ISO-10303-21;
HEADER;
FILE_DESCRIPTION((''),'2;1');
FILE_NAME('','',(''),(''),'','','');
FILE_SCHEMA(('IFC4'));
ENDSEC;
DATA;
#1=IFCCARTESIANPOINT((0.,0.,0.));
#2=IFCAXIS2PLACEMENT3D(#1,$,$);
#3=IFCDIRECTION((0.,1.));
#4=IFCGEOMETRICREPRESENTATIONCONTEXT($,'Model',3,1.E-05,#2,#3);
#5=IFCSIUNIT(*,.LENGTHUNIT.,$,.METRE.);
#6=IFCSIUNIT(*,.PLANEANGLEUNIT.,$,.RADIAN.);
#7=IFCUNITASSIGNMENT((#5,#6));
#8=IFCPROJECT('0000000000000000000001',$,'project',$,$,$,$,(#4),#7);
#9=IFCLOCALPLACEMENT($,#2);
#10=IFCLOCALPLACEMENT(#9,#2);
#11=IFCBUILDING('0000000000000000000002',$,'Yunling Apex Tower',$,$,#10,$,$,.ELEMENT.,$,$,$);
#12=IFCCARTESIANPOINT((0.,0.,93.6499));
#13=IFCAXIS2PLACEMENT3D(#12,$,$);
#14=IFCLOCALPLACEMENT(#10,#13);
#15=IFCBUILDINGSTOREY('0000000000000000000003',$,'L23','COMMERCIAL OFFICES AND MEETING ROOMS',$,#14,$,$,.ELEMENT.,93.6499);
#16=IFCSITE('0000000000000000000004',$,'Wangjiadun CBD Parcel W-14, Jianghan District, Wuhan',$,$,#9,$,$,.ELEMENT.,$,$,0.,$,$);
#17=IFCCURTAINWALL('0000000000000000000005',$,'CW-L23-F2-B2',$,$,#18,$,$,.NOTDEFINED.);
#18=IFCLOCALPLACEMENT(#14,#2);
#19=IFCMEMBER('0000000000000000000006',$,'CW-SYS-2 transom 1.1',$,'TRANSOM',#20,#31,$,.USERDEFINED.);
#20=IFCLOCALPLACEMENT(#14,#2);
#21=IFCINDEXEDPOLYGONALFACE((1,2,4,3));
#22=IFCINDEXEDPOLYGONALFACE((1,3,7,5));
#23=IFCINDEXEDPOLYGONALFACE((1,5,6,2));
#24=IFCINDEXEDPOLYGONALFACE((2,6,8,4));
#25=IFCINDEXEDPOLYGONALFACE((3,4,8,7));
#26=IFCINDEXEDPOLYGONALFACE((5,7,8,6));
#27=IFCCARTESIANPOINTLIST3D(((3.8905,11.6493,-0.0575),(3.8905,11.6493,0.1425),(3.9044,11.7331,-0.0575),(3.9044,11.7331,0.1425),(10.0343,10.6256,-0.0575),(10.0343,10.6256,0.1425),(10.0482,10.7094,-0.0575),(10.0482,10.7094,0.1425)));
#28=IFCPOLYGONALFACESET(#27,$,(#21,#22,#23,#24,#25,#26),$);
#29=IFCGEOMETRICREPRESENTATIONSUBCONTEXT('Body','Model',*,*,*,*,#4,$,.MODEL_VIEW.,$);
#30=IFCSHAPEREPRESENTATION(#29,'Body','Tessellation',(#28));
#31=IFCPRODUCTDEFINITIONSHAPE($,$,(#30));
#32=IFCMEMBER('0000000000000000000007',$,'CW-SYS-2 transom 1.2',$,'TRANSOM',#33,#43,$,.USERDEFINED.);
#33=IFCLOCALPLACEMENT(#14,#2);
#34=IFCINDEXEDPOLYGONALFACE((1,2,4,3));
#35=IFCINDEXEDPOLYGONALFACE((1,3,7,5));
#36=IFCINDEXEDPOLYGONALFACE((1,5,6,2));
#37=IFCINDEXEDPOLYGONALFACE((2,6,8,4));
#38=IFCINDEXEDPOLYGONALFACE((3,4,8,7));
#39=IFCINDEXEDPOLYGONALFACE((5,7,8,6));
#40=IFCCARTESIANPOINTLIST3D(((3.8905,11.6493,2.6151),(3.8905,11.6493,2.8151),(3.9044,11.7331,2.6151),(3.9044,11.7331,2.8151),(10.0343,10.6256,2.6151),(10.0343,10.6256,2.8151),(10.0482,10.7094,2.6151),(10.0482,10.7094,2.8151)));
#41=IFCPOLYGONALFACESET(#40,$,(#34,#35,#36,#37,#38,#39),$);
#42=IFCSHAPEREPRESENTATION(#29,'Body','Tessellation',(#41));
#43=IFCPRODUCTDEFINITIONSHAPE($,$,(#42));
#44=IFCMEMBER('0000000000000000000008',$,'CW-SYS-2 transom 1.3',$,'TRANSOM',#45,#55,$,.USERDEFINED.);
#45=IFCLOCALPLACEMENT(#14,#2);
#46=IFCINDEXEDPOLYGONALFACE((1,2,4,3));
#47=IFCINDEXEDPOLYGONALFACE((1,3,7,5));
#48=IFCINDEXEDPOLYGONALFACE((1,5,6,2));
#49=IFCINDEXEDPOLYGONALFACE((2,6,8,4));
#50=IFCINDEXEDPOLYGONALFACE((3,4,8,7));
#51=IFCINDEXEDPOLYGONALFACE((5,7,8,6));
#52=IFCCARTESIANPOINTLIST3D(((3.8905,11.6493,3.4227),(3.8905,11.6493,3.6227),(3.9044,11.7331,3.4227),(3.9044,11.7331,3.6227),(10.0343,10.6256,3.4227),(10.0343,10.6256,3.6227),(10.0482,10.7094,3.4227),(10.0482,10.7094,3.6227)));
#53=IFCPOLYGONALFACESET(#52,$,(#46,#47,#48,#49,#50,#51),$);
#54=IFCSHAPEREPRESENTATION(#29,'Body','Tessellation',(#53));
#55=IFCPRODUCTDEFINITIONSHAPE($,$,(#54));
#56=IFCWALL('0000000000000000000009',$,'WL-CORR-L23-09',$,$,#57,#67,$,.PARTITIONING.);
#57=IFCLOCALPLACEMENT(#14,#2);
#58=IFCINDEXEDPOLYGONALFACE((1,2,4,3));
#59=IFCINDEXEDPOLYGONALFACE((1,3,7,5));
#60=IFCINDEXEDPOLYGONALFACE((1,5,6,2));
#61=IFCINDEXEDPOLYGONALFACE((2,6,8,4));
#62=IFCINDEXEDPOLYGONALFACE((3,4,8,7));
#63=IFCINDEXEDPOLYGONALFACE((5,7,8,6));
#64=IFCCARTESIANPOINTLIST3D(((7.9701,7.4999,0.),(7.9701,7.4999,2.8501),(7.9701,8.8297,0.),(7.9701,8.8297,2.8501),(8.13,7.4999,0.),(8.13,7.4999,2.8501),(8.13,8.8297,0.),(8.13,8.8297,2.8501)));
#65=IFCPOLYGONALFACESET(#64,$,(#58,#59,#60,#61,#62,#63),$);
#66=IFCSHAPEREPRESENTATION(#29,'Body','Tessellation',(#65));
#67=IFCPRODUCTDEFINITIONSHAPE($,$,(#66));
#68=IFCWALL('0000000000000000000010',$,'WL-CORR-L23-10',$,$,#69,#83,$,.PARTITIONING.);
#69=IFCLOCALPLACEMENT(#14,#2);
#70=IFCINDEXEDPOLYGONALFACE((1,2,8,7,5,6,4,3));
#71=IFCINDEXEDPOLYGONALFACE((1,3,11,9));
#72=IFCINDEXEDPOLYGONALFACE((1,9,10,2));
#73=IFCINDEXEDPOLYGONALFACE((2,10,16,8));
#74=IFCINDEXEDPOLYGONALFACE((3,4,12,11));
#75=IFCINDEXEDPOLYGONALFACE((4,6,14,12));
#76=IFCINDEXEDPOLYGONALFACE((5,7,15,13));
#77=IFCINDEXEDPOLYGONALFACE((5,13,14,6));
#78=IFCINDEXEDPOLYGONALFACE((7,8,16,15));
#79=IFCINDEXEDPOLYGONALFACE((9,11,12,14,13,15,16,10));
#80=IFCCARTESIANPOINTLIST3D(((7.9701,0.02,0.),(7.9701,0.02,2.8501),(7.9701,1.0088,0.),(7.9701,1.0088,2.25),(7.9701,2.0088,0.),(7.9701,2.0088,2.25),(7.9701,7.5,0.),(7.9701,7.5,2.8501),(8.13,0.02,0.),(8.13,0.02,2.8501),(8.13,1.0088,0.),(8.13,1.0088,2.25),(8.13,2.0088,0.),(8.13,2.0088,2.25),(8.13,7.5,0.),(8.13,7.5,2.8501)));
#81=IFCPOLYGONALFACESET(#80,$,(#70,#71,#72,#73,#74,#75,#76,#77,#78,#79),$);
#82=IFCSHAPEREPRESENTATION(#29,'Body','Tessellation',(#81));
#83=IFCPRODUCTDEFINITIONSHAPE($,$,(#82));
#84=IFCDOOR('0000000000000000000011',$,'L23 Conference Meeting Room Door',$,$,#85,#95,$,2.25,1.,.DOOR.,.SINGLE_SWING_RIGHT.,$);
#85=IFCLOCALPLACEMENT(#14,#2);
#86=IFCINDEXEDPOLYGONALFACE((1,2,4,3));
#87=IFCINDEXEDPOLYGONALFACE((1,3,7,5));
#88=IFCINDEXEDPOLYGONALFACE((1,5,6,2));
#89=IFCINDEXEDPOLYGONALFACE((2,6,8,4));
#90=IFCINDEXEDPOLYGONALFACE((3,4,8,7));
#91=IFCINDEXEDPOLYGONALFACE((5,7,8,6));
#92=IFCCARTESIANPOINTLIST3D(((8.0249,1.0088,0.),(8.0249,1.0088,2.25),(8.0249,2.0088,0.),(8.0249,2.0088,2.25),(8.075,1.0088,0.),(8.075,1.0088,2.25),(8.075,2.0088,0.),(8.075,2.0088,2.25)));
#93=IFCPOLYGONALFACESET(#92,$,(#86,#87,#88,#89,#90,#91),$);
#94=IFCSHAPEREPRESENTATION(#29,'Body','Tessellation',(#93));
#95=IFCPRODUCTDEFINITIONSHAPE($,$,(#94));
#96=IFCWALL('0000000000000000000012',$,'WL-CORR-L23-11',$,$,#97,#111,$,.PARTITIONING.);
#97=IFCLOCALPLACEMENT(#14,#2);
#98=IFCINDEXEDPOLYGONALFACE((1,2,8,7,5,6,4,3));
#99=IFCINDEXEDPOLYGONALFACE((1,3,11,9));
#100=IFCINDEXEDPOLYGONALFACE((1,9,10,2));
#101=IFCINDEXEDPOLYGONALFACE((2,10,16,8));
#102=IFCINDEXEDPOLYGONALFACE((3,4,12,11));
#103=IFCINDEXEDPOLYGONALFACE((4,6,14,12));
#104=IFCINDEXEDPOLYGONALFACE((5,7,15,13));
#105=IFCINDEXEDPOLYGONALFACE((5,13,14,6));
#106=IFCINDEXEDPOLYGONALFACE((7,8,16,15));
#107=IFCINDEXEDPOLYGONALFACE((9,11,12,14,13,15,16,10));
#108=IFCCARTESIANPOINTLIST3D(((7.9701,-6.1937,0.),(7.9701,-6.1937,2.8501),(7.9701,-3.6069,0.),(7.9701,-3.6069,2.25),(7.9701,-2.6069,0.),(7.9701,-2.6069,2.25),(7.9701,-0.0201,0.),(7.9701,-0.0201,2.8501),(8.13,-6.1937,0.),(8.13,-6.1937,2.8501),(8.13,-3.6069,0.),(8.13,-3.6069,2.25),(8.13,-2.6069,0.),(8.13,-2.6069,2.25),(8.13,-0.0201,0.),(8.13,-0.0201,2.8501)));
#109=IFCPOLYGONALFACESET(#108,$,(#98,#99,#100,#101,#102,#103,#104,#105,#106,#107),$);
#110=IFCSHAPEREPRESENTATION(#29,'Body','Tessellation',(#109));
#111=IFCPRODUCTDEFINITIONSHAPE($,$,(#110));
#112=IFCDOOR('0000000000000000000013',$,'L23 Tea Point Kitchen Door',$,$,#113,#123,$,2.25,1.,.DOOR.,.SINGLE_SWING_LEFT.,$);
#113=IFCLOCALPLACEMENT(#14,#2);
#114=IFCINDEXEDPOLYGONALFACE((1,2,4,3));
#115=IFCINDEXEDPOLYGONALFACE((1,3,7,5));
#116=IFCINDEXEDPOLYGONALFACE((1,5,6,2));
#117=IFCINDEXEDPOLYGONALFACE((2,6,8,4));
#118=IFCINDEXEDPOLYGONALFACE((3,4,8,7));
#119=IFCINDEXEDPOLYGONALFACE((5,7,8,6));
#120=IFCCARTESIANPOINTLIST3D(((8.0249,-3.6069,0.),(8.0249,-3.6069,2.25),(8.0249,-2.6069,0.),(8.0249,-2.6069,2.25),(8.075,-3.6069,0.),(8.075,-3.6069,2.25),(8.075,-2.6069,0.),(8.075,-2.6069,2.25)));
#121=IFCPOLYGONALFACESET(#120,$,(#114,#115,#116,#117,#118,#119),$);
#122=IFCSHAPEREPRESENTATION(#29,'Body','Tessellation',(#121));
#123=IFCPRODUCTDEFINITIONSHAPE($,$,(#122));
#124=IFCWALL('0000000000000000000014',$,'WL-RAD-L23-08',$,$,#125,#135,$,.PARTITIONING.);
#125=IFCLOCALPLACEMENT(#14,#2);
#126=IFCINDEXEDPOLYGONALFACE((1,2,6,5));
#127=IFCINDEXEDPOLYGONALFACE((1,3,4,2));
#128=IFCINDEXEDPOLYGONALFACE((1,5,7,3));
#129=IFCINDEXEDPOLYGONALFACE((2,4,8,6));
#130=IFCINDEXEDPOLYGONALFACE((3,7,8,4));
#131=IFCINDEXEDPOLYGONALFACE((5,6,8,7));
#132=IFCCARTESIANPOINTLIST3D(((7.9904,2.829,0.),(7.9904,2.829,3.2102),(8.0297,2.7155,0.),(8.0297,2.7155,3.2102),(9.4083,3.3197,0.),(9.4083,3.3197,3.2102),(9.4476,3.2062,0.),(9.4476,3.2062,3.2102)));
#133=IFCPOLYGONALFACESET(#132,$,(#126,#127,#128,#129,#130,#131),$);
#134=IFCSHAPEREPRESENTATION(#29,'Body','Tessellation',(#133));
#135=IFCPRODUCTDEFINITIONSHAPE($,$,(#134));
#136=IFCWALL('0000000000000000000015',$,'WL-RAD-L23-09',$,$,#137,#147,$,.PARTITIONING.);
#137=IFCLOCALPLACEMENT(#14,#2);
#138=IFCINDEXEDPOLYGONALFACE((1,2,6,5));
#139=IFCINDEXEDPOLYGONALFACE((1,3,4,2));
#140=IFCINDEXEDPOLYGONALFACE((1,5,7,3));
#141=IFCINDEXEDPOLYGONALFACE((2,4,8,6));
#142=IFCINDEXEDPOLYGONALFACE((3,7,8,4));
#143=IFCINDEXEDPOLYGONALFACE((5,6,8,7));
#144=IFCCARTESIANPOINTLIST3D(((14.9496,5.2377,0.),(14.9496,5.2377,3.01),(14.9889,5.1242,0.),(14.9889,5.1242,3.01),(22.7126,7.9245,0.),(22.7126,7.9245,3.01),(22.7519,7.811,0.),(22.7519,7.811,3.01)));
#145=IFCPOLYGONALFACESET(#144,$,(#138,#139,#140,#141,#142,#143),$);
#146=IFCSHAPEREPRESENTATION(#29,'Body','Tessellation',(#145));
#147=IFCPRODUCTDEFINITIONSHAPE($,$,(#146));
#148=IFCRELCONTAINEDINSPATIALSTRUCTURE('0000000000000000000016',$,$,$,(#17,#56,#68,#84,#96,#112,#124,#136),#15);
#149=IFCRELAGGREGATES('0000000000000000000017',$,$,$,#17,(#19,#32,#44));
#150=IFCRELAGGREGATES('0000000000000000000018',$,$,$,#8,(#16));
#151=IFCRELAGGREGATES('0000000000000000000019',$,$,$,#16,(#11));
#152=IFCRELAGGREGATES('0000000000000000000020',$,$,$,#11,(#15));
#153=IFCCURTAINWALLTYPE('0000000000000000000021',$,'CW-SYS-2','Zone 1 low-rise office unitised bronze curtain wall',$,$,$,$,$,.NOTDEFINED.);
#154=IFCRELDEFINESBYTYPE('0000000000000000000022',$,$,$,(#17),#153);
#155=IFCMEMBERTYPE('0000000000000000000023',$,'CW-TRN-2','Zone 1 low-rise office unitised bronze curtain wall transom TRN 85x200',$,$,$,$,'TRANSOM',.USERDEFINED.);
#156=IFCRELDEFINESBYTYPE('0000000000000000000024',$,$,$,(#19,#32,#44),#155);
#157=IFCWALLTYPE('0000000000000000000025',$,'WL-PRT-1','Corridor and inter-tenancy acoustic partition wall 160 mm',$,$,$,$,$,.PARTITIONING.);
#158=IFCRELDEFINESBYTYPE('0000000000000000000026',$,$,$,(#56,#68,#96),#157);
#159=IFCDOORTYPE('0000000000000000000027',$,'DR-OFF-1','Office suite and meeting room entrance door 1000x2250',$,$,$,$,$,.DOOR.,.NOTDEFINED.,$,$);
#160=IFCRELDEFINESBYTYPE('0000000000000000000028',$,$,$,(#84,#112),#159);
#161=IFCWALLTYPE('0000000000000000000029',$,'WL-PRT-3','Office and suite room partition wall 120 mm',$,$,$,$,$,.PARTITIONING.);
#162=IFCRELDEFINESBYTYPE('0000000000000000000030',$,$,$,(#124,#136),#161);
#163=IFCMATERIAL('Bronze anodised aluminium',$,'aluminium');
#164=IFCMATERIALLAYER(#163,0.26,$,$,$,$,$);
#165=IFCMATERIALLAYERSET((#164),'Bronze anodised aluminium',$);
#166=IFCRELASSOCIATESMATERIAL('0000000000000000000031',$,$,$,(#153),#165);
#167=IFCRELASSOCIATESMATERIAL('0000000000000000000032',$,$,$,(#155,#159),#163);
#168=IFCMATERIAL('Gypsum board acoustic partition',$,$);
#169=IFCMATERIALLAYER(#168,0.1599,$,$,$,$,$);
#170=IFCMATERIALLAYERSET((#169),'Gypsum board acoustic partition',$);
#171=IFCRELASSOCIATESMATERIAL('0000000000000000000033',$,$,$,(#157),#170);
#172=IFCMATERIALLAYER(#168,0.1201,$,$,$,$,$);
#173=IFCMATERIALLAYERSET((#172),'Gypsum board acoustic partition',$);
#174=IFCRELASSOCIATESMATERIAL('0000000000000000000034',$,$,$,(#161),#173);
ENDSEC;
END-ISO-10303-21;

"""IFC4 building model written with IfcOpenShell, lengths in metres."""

from ifc_helpers import new_model, si_unit, direction, frame, frame_2d, origin, origin_2d, place, context, subcontext, project, spatial, rectangle, extrude, source, transform, mapped, material, layer, layer_set, material_profile, profile_set, type_object, element, fill, aggregate, save


model = new_model("IFC4")

# Units and contexts
model_context = context("Model", 3, precision=1e-05, world=origin(), true_north=direction((0.0, 1.0)))
body_context = subcontext(model_context, "Body", "Model", "MODEL_VIEW")
ifc_project = project(units=[si_unit("LENGTHUNIT", "METRE"), si_unit("PLANEANGLEUNIT", "RADIAN")], contexts=[model_context])

# Site, building, storey
site_placement = place(None, origin())
site = spatial("IfcSite", under=ifc_project, at=site_placement, Name="Wangjiadun CBD Parcel W-14, Jianghan District, Wuhan", CompositionType="ELEMENT", RefElevation=0.0)
building_placement = place(site_placement, origin())
building = spatial("IfcBuilding", under=site, at=building_placement, Name="Yunling Apex Tower", CompositionType="ELEMENT")
storey_placement = place(building_placement, frame((0.0, 0.0, 93.6499)))
storey = spatial("IfcBuildingStorey", under=building, at=storey_placement, Name="L23", Description="COMMERCIAL OFFICES AND MEETING ROOMS", CompositionType="ELEMENT", Elevation=93.6499)

# Shared definitions
ifc_material_1 = material(Name="Bronze anodised aluminium", Category="aluminium")
ifc_layer_1 = layer(ifc_material_1, 0.26)
ifc_layer_set_1 = layer_set([ifc_layer_1], Name="Bronze anodised aluminium")
curtain_wall_type = type_object("IfcCurtainWallType", Name="CW-SYS-2", Description="Zone 1 low-rise office unitised bronze curtain wall", PredefinedType="NOTDEFINED", material=ifc_layer_set_1)

# Curtain wall, members
curtain_wall_1_placement = place(storey_placement, origin())
curtain_wall_1 = element("IfcCurtainWall", 1, at=curtain_wall_1_placement, inside=storey, type_object=curtain_wall_type, Name="CW-L23-F2-B2", PredefinedType="NOTDEFINED")
ifc_material_profile_1 = material_profile(ifc_material_1, rectangle(XDim=0.085, YDim=0.2, at=origin_2d()))
ifc_profile_set_1 = profile_set([ifc_material_profile_1], Name="Bronze anodised aluminium")
member_type_1 = type_object("IfcMemberType", Name="CW-TRN-2", Description="Zone 1 low-rise office unitised bronze curtain wall transom TRN 85x200", ElementType="TRANSOM", PredefinedType="USERDEFINED", material=ifc_profile_set_1)
shared_shape_1 = source(origin(), body_context, "Body", "SweptSolid", [
    extrude(rectangle(XDim=0.085, YDim=0.2, at=origin_2d()), origin(), (0.0, 0.0, 1.0), 6.2285),
])
member_1_placement = place(storey_placement, frame((10.0413, 10.6675, 0.0425), z_axis=(-0.986401, 0.164354, 0.0), x_axis=(-0.164354, -0.986401, 0.0)))
member_1 = element("IfcMember", 2, at=member_1_placement, type_object=member_type_1, Name="CW-SYS-2 transom 1.1", ObjectType="TRANSOM", PredefinedType="USERDEFINED", context=body_context, shape_type="MappedRepresentation", body=[
    mapped(shared_shape_1, transform((0.0, 0.0, 0.0), scale=1.0)),
])
member_2_placement = place(storey_placement, frame((10.0413, 10.6675, 2.7151), z_axis=(-0.986401, 0.164354, 0.0), x_axis=(-0.164354, -0.986401, 0.0)))
member_2 = element("IfcMember", 3, at=member_2_placement, type_object=member_type_1, Name="CW-SYS-2 transom 1.2", ObjectType="TRANSOM", PredefinedType="USERDEFINED", context=body_context, shape_type="MappedRepresentation", body=[
    mapped(shared_shape_1, transform((0.0, 0.0, 0.0), scale=1.0)),
])
member_3_placement = place(storey_placement, frame((10.0413, 10.6675, 3.5227), z_axis=(-0.986401, 0.164354, 0.0), x_axis=(-0.164354, -0.986401, 0.0)))
member_3 = element("IfcMember", 4, at=member_3_placement, type_object=member_type_1, Name="CW-SYS-2 transom 1.3", ObjectType="TRANSOM", PredefinedType="USERDEFINED", context=body_context, shape_type="MappedRepresentation", body=[
    mapped(shared_shape_1, transform((0.0, 0.0, 0.0), scale=1.0)),
])
aggregate(curtain_wall_1, [member_1, member_2, member_3])

# Wall
ifc_material_2 = material(Name="Gypsum board acoustic partition")
ifc_layer_2 = layer(ifc_material_2, 0.1599)
ifc_layer_set_2 = layer_set([ifc_layer_2], Name="Gypsum board acoustic partition")
wall_type_1 = type_object("IfcWallType", Name="WL-PRT-1", Description="Corridor and inter-tenancy acoustic partition wall 160 mm", PredefinedType="PARTITIONING", material=ifc_layer_set_2)
wall_1_placement = place(storey_placement, frame((8.05, 8.8298, 0.0), z_axis=(0.0, 0.0, 1.0), x_axis=(0.0, -1.0, 0.0)))
element("IfcWall", 5, at=wall_1_placement, inside=storey, type_object=wall_type_1, Name="WL-CORR-L23-09", PredefinedType="PARTITIONING", context=body_context, shape_type="SweptSolid", body=[
    extrude(rectangle(XDim=1.3298, YDim=0.1599, at=frame_2d((0.665, 0.0))), origin(), (0.0, 0.0, 1.0), 2.8501),
])

# Walls, openings, doors
wall_2_placement = place(storey_placement, frame((8.05, 7.5, 0.0), z_axis=(0.0, 0.0, 1.0), x_axis=(0.0, -1.0, 0.0)))
wall_2 = element("IfcWall", 6, at=wall_2_placement, inside=storey, type_object=wall_type_1, Name="WL-CORR-L23-10", PredefinedType="PARTITIONING", context=body_context, shape_type="SweptSolid", body=[
    extrude(rectangle(XDim=7.48, YDim=0.1599, at=frame_2d((3.74, 0.0))), origin(), (0.0, 0.0, 1.0), 2.8501),
])
opening_1_placement = place(wall_2_placement, frame((5.4912, 0.0, 0.0)))
opening_1 = element("IfcOpeningElement", 7, at=opening_1_placement, cuts=wall_2, PredefinedType="OPENING", context=body_context, shape_type="SweptSolid", body=[
    extrude(rectangle(XDim=1.0, YDim=2.25, at=frame_2d((0.5, 1.125))), frame((0.0, 0.0898, 0.0), z_axis=(0.0, -1.0, 0.0), x_axis=(1.0, 0.0, 0.0)), (0.0, 0.0, 1.0), 0.1799),
])
door_type = type_object("IfcDoorType", Name="DR-OFF-1", Description="Office suite and meeting room entrance door 1000x2250", OperationType="NOTDEFINED", PredefinedType="DOOR", material=ifc_material_1)
door_1_placement = place(opening_1_placement, origin())
door_1 = element("IfcDoor", 8, at=door_1_placement, inside=storey, type_object=door_type, Name="L23 Conference Meeting Room Door", OperationType="SINGLE_SWING_RIGHT", OverallHeight=2.25, OverallWidth=1.0, PredefinedType="DOOR", context=body_context, shape_type="SweptSolid", body=[
    extrude(rectangle(XDim=1.0, YDim=2.25, at=frame_2d((0.5, 1.125))), frame((0.0, 0.0249, 0.0), z_axis=(0.0, -1.0, 0.0), x_axis=(1.0, 0.0, 0.0)), (0.0, 0.0, 1.0), 0.05),
])
fill(opening_1, door_1)
wall_3_placement = place(storey_placement, frame((8.05, -0.02, 0.0), z_axis=(0.0, 0.0, 1.0), x_axis=(0.0, -1.0, 0.0)))
wall_3 = element("IfcWall", 9, at=wall_3_placement, inside=storey, type_object=wall_type_1, Name="WL-CORR-L23-11", PredefinedType="PARTITIONING", context=body_context, shape_type="SweptSolid", body=[
    extrude(rectangle(XDim=6.1736, YDim=0.1599, at=frame_2d((3.0869, 0.0))), origin(), (0.0, 0.0, 1.0), 2.8501),
])
opening_2_placement = place(wall_3_placement, frame((2.5869, 0.0, 0.0)))
opening_2 = element("IfcOpeningElement", 10, at=opening_2_placement, cuts=wall_3, PredefinedType="OPENING", context=body_context, shape_type="SweptSolid", body=[
    extrude(rectangle(XDim=1.0, YDim=2.25, at=frame_2d((0.5, 1.125))), frame((0.0, 0.0898, 0.0), z_axis=(0.0, -1.0, 0.0), x_axis=(1.0, 0.0, 0.0)), (0.0, 0.0, 1.0), 0.1799),
])
door_2_placement = place(opening_2_placement, origin())
door_2 = element("IfcDoor", 11, at=door_2_placement, inside=storey, type_object=door_type, Name="L23 Tea Point Kitchen Door", OperationType="SINGLE_SWING_LEFT", OverallHeight=2.25, OverallWidth=1.0, PredefinedType="DOOR", context=body_context, shape_type="SweptSolid", body=[
    extrude(rectangle(XDim=1.0, YDim=2.25, at=frame_2d((0.5, 1.125))), frame((0.0, 0.0249, 0.0), z_axis=(0.0, -1.0, 0.0), x_axis=(1.0, 0.0, 0.0)), (0.0, 0.0, 1.0), 0.05),
])
fill(opening_2, door_2)

# Walls
ifc_layer_3 = layer(ifc_material_2, 0.1201)
ifc_layer_set_3 = layer_set([ifc_layer_3], Name="Gypsum board acoustic partition")
wall_type_2 = type_object("IfcWallType", Name="WL-PRT-3", Description="Office and suite room partition wall 120 mm", PredefinedType="PARTITIONING", material=ifc_layer_set_3)
wall_4_placement = place(storey_placement, frame((8.01, 2.7722, 0.0), z_axis=(0.0, 0.0, 1.0), x_axis=(0.945009, 0.327044, 0.0)))
element("IfcWall", 12, at=wall_4_placement, inside=storey, type_object=wall_type_2, Name="WL-RAD-L23-08", PredefinedType="PARTITIONING", context=body_context, shape_type="SweptSolid", body=[
    extrude(rectangle(XDim=1.5005, YDim=0.1201, at=frame_2d((0.7502, 0.0))), origin(), (0.0, 0.0, 1.0), 3.2102),
])
wall_5_placement = place(storey_placement, frame((14.9692, 5.1809, 0.0), z_axis=(0.0, 0.0, 1.0), x_axis=(0.945001, 0.327067, 0.0)))
element("IfcWall", 13, at=wall_5_placement, inside=storey, type_object=wall_type_2, Name="WL-RAD-L23-09", PredefinedType="PARTITIONING", context=body_context, shape_type="SweptSolid", body=[
    extrude(rectangle(XDim=8.2148, YDim=0.1201, at=frame_2d((4.1074, 0.0))), origin(), (0.0, 0.0, 1.0), 3.01),
])

save(model, "model.ifc")
